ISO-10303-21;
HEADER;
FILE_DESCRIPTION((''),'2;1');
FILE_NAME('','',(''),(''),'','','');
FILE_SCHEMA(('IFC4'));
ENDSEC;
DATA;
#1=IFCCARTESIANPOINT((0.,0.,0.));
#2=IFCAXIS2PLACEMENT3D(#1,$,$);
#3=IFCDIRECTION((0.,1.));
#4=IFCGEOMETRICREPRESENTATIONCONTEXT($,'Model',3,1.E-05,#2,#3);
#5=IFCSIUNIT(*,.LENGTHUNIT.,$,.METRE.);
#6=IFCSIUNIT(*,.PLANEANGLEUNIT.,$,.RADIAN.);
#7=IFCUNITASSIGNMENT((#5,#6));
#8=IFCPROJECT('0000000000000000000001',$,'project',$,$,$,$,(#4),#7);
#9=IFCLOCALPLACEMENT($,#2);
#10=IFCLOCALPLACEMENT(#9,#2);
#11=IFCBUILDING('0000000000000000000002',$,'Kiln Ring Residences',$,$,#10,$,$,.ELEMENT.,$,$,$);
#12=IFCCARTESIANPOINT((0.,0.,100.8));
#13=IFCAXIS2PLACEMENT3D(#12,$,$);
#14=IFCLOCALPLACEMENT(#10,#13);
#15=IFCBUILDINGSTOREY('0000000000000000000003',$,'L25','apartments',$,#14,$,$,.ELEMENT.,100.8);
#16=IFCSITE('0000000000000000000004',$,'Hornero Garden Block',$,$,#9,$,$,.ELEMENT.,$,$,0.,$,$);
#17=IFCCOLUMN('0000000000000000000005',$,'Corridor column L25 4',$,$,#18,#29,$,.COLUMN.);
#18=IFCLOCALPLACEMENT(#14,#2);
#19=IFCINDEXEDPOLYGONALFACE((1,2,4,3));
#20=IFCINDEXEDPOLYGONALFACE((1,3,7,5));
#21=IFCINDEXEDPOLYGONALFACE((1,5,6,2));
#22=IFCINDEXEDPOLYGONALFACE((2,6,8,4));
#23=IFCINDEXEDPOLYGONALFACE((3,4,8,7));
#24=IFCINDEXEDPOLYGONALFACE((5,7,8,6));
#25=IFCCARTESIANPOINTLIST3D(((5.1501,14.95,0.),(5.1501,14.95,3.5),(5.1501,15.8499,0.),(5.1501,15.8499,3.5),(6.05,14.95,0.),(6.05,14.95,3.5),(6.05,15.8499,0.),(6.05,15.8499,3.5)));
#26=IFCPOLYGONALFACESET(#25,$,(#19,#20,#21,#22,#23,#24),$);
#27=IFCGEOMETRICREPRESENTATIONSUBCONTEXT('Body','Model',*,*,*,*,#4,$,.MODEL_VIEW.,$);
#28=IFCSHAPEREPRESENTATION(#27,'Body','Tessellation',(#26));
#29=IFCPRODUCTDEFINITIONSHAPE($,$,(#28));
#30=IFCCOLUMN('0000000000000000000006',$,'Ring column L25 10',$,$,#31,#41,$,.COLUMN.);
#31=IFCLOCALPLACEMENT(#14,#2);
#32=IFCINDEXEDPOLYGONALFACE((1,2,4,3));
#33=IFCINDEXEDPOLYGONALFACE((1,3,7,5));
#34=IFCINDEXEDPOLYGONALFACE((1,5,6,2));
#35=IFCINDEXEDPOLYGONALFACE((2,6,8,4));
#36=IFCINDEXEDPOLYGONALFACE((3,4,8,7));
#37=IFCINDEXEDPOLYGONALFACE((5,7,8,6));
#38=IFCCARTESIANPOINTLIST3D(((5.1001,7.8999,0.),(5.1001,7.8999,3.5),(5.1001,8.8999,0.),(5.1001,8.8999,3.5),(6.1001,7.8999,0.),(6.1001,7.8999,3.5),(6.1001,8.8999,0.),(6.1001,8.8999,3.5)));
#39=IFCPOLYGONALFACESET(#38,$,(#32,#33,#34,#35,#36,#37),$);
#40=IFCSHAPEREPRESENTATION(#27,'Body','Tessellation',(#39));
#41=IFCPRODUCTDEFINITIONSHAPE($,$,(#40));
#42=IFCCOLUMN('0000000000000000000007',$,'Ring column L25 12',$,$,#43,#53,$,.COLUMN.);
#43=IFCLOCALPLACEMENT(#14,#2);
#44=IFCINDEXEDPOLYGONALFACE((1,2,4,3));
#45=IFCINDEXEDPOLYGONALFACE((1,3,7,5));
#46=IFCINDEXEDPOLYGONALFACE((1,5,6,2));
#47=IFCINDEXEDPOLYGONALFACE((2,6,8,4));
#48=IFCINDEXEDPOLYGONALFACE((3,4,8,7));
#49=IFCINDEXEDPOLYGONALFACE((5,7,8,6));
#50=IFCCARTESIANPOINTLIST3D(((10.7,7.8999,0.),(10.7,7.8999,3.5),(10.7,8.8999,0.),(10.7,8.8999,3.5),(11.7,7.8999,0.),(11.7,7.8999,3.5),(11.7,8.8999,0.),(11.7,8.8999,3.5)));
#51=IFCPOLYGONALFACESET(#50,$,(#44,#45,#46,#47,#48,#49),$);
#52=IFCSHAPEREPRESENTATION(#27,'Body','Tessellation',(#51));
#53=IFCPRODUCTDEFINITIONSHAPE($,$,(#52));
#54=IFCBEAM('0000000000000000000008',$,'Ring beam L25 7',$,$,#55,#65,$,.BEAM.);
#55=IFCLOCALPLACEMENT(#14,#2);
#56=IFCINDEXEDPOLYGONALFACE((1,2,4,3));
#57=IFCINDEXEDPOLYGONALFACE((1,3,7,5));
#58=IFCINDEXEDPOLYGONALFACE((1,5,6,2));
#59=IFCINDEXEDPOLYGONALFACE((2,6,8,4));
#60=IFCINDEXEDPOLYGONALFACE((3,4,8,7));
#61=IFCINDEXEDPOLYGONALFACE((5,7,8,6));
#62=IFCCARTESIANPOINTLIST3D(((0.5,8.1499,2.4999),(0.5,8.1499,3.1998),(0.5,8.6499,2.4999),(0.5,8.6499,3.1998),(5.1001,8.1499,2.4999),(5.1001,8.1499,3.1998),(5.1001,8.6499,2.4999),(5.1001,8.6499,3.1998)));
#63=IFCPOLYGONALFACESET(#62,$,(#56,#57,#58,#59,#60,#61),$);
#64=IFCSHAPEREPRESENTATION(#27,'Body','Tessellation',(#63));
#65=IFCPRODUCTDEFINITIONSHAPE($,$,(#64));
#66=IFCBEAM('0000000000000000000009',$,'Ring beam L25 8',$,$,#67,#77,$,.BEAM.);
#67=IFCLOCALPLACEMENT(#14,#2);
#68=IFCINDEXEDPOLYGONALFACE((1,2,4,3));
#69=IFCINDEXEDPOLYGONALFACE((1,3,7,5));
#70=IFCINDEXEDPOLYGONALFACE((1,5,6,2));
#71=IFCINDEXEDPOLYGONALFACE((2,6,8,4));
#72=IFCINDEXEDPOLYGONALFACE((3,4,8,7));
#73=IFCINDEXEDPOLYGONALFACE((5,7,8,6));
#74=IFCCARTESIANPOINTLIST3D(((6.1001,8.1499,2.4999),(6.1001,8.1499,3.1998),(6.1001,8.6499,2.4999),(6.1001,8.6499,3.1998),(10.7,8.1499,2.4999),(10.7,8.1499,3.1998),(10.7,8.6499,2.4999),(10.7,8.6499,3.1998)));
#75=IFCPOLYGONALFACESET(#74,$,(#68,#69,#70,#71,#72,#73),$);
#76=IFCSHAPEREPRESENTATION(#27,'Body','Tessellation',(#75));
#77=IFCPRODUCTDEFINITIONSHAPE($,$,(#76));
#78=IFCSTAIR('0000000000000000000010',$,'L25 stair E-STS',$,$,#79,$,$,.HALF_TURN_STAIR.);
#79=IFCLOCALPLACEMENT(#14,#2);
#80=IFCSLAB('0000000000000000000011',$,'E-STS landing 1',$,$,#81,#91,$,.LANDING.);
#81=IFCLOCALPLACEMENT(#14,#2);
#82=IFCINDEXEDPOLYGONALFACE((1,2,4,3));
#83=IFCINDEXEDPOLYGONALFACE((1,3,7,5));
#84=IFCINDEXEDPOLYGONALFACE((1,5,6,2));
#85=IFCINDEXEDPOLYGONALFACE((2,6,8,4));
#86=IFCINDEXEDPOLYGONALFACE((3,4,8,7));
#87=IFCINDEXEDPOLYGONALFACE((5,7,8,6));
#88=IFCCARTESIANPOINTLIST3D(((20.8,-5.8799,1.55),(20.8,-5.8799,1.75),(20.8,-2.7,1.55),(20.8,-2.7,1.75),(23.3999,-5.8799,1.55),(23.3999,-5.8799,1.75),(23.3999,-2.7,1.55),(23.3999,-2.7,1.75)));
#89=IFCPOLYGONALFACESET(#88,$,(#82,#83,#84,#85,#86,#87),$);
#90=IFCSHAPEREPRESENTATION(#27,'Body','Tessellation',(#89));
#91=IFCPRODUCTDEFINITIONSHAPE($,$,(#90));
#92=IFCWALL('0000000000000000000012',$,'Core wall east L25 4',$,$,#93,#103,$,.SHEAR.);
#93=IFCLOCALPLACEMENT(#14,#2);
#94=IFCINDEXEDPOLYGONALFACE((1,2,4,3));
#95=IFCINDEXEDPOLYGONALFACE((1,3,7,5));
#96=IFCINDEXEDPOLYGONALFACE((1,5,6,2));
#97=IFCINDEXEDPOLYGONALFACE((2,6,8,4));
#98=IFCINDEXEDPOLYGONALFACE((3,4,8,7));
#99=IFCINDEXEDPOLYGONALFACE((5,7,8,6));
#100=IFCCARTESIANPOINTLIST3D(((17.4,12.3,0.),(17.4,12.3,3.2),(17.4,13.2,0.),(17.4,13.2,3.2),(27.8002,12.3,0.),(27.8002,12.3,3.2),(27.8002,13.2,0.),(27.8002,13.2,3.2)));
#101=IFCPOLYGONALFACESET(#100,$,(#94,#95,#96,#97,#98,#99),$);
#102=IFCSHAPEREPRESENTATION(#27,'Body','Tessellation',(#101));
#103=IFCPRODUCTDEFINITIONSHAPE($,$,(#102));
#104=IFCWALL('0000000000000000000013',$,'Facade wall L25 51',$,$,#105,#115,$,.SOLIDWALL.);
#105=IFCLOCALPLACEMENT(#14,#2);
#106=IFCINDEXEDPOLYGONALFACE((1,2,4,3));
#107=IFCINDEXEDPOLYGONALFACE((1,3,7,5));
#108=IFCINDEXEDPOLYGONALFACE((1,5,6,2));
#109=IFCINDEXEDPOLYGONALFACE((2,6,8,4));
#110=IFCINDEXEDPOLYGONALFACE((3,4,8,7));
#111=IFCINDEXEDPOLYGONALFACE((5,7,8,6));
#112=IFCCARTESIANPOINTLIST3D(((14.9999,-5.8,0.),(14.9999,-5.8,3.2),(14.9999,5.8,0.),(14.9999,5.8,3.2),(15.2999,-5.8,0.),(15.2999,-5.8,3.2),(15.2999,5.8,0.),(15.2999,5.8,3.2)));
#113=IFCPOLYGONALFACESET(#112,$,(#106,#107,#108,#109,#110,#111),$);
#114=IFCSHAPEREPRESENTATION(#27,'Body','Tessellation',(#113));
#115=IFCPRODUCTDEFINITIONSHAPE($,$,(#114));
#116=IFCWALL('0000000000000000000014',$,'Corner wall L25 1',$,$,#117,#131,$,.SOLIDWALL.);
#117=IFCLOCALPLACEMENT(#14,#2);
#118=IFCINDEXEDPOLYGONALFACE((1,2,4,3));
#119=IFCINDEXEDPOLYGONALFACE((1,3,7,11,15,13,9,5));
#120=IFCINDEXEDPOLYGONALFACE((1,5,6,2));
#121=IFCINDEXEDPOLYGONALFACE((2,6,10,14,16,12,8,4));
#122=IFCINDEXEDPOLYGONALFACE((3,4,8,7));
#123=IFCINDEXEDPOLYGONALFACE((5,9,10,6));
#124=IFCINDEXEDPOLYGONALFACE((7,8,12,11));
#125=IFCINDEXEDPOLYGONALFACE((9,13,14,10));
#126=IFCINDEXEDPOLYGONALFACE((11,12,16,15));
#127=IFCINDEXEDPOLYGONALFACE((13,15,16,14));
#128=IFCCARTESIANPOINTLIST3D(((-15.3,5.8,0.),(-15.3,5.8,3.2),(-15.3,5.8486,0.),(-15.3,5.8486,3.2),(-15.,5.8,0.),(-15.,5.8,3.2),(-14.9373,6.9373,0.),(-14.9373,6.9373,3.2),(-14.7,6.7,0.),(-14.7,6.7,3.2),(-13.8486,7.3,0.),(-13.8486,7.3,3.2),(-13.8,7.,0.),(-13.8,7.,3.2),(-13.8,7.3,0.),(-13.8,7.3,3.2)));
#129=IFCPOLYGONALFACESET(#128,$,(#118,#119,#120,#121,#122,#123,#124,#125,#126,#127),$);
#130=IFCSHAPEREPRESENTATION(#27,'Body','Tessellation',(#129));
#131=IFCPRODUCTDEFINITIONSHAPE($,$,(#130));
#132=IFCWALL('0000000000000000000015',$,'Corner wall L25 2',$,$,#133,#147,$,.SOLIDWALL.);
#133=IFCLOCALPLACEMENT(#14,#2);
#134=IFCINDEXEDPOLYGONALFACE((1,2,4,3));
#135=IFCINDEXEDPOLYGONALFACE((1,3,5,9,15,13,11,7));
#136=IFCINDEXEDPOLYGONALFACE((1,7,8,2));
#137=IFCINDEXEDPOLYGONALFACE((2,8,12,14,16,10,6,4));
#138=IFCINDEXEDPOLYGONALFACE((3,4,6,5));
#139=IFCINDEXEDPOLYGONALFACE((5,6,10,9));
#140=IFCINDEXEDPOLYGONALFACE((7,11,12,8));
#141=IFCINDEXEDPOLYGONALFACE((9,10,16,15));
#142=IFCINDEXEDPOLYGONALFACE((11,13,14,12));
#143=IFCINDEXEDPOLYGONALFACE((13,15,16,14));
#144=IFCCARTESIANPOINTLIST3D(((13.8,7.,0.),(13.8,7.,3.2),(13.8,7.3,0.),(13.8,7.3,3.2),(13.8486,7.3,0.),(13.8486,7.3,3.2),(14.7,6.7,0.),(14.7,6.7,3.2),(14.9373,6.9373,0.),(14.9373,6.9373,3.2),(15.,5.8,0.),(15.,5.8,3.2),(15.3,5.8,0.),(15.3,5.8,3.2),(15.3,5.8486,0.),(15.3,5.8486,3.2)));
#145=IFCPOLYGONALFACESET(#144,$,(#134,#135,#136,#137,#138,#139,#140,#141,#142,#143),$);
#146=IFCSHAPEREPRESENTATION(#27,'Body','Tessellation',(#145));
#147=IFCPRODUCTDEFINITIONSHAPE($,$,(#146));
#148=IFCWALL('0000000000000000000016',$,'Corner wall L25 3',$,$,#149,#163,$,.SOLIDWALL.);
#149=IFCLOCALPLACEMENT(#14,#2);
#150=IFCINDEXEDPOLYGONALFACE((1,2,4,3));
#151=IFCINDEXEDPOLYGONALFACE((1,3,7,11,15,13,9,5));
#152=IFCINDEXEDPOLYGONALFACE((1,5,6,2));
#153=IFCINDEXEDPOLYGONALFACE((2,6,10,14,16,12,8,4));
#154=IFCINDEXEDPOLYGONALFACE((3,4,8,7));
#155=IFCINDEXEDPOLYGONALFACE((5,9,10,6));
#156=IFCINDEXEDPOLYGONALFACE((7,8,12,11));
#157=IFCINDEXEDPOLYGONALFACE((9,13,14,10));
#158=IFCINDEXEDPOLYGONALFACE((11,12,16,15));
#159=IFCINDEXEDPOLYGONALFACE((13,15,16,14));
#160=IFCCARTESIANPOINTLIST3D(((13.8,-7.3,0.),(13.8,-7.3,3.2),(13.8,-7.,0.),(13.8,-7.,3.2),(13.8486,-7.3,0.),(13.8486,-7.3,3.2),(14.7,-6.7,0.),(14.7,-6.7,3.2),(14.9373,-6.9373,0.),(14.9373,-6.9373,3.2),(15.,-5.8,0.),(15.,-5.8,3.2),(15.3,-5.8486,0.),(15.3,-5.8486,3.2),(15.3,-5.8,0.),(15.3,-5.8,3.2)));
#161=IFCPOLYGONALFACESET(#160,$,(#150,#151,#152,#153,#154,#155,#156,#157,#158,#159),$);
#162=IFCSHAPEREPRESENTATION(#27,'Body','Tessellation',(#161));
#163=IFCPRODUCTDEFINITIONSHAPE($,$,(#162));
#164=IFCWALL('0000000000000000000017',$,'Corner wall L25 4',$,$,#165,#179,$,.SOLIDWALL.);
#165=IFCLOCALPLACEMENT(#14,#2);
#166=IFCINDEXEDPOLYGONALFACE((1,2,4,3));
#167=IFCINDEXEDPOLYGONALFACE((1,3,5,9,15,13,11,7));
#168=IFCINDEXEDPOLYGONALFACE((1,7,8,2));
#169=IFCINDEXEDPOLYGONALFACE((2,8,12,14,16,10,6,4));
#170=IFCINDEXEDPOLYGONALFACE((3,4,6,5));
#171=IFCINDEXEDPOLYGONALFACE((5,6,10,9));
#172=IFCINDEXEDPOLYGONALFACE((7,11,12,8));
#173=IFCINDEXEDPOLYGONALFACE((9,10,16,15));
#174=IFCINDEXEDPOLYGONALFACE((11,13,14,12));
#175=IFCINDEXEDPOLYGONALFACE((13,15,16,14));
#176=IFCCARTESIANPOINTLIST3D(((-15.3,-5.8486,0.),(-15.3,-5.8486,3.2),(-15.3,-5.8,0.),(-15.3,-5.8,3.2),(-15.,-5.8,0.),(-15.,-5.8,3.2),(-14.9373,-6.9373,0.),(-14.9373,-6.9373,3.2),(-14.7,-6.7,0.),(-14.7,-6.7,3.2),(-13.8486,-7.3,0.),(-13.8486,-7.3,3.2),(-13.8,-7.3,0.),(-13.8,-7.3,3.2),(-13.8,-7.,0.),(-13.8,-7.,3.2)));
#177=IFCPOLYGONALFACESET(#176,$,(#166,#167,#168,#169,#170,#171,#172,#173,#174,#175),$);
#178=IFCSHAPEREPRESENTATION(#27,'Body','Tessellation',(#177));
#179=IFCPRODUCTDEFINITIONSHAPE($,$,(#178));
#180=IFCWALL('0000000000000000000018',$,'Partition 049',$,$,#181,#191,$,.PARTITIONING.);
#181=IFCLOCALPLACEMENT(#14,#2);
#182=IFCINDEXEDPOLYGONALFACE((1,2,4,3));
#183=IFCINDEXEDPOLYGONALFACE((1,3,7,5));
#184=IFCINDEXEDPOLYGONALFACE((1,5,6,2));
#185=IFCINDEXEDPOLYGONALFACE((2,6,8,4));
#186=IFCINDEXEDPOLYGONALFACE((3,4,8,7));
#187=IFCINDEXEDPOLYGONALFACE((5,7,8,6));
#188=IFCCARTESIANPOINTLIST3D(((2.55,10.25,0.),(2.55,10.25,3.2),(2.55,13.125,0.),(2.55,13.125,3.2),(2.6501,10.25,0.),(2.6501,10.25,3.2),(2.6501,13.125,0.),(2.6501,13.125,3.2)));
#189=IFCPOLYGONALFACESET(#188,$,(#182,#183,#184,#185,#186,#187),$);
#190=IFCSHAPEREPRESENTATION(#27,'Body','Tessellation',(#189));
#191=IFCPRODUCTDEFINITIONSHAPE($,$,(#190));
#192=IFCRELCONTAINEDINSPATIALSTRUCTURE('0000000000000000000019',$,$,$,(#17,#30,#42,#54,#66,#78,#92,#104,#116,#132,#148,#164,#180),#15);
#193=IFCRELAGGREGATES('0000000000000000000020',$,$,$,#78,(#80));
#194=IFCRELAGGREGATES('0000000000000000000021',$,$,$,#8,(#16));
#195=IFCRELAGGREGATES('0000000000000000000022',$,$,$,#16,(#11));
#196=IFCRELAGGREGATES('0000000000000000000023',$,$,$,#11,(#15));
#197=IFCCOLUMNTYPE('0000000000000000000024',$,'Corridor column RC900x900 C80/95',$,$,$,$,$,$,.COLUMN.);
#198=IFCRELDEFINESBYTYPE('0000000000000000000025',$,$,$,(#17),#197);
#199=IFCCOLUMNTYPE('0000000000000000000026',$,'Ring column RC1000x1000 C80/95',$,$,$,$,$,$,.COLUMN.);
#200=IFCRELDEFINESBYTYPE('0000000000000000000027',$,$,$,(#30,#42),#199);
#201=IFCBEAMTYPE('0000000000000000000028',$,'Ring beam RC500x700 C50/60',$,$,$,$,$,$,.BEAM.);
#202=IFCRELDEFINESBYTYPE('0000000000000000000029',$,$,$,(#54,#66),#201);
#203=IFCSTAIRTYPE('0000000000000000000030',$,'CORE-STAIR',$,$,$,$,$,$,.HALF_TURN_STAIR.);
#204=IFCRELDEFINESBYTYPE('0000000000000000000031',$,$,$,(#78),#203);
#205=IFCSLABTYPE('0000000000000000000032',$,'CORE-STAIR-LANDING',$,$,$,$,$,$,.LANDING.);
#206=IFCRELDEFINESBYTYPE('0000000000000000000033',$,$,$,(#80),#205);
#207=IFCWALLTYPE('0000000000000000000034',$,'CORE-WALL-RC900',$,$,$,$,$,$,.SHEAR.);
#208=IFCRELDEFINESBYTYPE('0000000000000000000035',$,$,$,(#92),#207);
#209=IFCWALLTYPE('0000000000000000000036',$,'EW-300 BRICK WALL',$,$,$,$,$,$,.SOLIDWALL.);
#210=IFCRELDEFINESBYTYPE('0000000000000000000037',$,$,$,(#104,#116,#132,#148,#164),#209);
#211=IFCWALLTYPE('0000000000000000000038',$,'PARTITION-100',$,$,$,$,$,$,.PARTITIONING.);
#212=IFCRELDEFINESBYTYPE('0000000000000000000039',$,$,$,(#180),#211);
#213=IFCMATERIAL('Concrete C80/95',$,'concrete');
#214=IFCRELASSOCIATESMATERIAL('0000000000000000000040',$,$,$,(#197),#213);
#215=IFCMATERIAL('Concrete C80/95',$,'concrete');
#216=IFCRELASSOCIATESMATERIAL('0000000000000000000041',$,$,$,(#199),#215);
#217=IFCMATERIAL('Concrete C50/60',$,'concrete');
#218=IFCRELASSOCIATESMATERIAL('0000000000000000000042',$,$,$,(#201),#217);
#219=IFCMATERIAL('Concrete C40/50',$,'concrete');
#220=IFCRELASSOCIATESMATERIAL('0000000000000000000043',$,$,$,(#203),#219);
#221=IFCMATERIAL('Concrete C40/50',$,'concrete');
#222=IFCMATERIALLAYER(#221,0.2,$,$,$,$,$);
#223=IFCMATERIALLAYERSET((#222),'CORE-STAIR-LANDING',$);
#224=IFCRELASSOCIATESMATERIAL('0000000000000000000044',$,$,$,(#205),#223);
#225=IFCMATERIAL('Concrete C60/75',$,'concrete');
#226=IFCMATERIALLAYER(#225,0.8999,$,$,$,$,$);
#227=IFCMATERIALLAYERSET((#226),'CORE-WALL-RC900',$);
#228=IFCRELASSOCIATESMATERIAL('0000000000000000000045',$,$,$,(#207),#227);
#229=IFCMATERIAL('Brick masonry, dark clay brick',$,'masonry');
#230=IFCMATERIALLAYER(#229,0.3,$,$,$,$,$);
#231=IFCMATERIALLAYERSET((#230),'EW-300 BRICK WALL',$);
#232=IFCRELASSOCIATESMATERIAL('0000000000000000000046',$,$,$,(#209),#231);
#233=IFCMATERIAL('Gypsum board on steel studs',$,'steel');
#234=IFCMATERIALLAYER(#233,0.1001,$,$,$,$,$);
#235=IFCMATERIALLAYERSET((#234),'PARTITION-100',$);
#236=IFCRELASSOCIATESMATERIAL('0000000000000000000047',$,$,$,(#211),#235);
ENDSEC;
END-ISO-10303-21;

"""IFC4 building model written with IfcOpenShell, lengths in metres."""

from ifc_helpers import new_model, si_unit, direction, frame, frame_2d, origin, origin_2d, place, context, subcontext, project, spatial, polyline, rectangle, outline, extrude, material, layer, layer_set, material_profile, profile_set, type_object, element, aggregate, save


model = new_model("IFC4")

# Units and contexts
model_context = context("Model", 3, precision=1e-05, world=origin(), true_north=direction((0.0, 1.0)))
body_context = subcontext(model_context, "Body", "Model", "MODEL_VIEW")
ifc_project = project(units=[si_unit("LENGTHUNIT", "METRE"), si_unit("PLANEANGLEUNIT", "RADIAN")], contexts=[model_context])

# Site, building, storey
site_placement = place(None, origin())
site = spatial("IfcSite", under=ifc_project, at=site_placement, Name="Hornero Garden Block", CompositionType="ELEMENT", RefElevation=0.0)
building_placement = place(site_placement, origin())
building = spatial("IfcBuilding", under=site, at=building_placement, Name="Kiln Ring Residences", CompositionType="ELEMENT")
storey_placement = place(building_placement, frame((0.0, 0.0, 100.8)))
storey = spatial("IfcBuildingStorey", under=building, at=storey_placement, Name="L25", Description="apartments", CompositionType="ELEMENT", Elevation=100.8)

# Columns
ifc_material_1 = material(Name="Concrete C80/95", Category="concrete")
ifc_material_profile_1 = material_profile(ifc_material_1, rectangle(XDim=0.8999, YDim=0.8999, at=origin_2d()), Name="RC900x900")
ifc_profile_set_1 = profile_set([ifc_material_profile_1], Name="Concrete C80/95")
column_type_1 = type_object("IfcColumnType", Name="Corridor column RC900x900 C80/95", PredefinedType="COLUMN", material=ifc_profile_set_1)
column_placement = place(storey_placement, frame((5.6001, 15.3999, 0.0), z_axis=(0.0, 0.0, 1.0), x_axis=(1.0, 0.0, 0.0)))
element("IfcColumn", 1, at=column_placement, inside=storey, type_object=column_type_1, Name="Corridor column L25 4", PredefinedType="COLUMN", context=body_context, shape_type="SweptSolid", body=[
    extrude(rectangle(XDim=0.8999, YDim=0.8999, at=origin_2d()), origin(), (0.0, 0.0, 1.0), 3.5),
])
ifc_material_2 = material(Name="Concrete C80/95", Category="concrete")
ifc_material_profile_2 = material_profile(ifc_material_2, rectangle(XDim=1.0, YDim=1.0, at=origin_2d()), Name="RC1000x1000")
ifc_profile_set_2 = profile_set([ifc_material_profile_2], Name="Concrete C80/95")
column_type_2 = type_object("IfcColumnType", Name="Ring column RC1000x1000 C80/95", PredefinedType="COLUMN", material=ifc_profile_set_2)
for number, where, z_axis, x_axis, name in (
    (2, (5.6001, 8.3999, 0.0), (0.0, 0.0, 1.0), (1.0, 0.0, 0.0), "Ring column L25 10"),
    (3, (11.2, 8.3999, 0.0), (0.0, 0.0, 1.0), (1.0, 0.0, 0.0), "Ring column L25 12"),
):
    element("IfcColumn", number, at=place(storey_placement, frame(where, z_axis=z_axis, x_axis=x_axis)), inside=storey, type_object=column_type_2, Name=name, PredefinedType="COLUMN", context=body_context, shape_type="SweptSolid", body=[
        extrude(rectangle(XDim=1.0, YDim=1.0, at=origin_2d()), origin(), (0.0, 0.0, 1.0), 3.5),
    ])

# Beams
ifc_material_3 = material(Name="Concrete C50/60", Category="concrete")
ifc_material_profile_3 = material_profile(ifc_material_3, rectangle(XDim=0.5, YDim=0.7, at=origin_2d()), Name="RC500x700")
ifc_profile_set_3 = profile_set([ifc_material_profile_3], Name="Concrete C50/60")
beam_type = type_object("IfcBeamType", Name="Ring beam RC500x700 C50/60", PredefinedType="BEAM", material=ifc_profile_set_3)
beam_1_placement = place(storey_placement, frame((0.5, 8.3999, 2.8499), z_axis=(1.0, 0.0, 0.0), x_axis=(0.0, 1.0, 0.0)))
element("IfcBeam", 4, at=beam_1_placement, inside=storey, type_object=beam_type, Name="Ring beam L25 7", PredefinedType="BEAM", context=body_context, shape_type="SweptSolid", body=[
    extrude(rectangle(XDim=0.5, YDim=0.7, at=origin_2d()), origin(), (0.0, 0.0, 1.0), 4.6001),
])
beam_2_placement = place(storey_placement, frame((6.1001, 8.3999, 2.8499), z_axis=(1.0, 0.0, 0.0), x_axis=(0.0, 1.0, 0.0)))
element("IfcBeam", 5, at=beam_2_placement, inside=storey, type_object=beam_type, Name="Ring beam L25 8", PredefinedType="BEAM", context=body_context, shape_type="SweptSolid", body=[
    extrude(rectangle(XDim=0.5, YDim=0.7, at=origin_2d()), origin(), (0.0, 0.0, 1.0), 4.5999),
])

# Stair, slab
ifc_material_4 = material(Name="Concrete C40/50", Category="concrete")
stair_type = type_object("IfcStairType", Name="CORE-STAIR", PredefinedType="HALF_TURN_STAIR", material=ifc_material_4)
placement = place(storey_placement, origin())
stair = element("IfcStair", 6, at=placement, inside=storey, type_object=stair_type, Name="L25 stair E-STS", PredefinedType="HALF_TURN_STAIR")
ifc_material_5 = material(Name="Concrete C40/50", Category="concrete")
ifc_layer_1 = layer(ifc_material_5, 0.2)
ifc_layer_set_1 = layer_set([ifc_layer_1], Name="CORE-STAIR-LANDING")
slab_type = type_object("IfcSlabType", Name="CORE-STAIR-LANDING", PredefinedType="LANDING", material=ifc_layer_set_1)
slab_placement = place(storey_placement, frame((0.0, 0.0, 1.55)))
slab = element("IfcSlab", 7, at=slab_placement, type_object=slab_type, Name="E-STS landing 1", PredefinedType="LANDING", context=body_context, shape_type="SweptSolid", body=[
    extrude(outline(polyline([(23.3999, -5.8799), (23.3999, -2.7), (20.8, -2.7), (20.8, -5.8799), (23.3999, -5.8799)])), origin(), (0.0, 0.0, 1.0), 0.2),
])
aggregate(stair, [slab])

# Walls
ifc_material_6 = material(Name="Concrete C60/75", Category="concrete")
ifc_layer_2 = layer(ifc_material_6, 0.8999)
ifc_layer_set_2 = layer_set([ifc_layer_2], Name="CORE-WALL-RC900")
wall_type_1 = type_object("IfcWallType", Name="CORE-WALL-RC900", PredefinedType="SHEAR", material=ifc_layer_set_2)
wall_1_placement = place(storey_placement, frame((17.3999, 12.75, 0.0), z_axis=(0.0, 0.0, 1.0), x_axis=(1.0, 0.0, 0.0)))
element("IfcWall", 8, at=wall_1_placement, inside=storey, type_object=wall_type_1, Name="Core wall east L25 4", PredefinedType="SHEAR", context=body_context, shape_type="SweptSolid", body=[
    extrude(rectangle(XDim=10.4001, YDim=0.8999, at=frame_2d((5.2002, 0.0))), origin(), (0.0, 0.0, 1.0), 3.2),
])
ifc_material_7 = material(Name="Brick masonry, dark clay brick", Category="masonry")
ifc_layer_3 = layer(ifc_material_7, 0.3)
ifc_layer_set_3 = layer_set([ifc_layer_3], Name="EW-300 BRICK WALL")
wall_type_2 = type_object("IfcWallType", Name="EW-300 BRICK WALL", PredefinedType="SOLIDWALL", material=ifc_layer_set_3)
wall_2_placement = place(storey_placement, frame((15.1499, 5.8, 0.0), z_axis=(0.0, 0.0, 1.0), x_axis=(0.0, -1.0, 0.0)))
element("IfcWall", 9, at=wall_2_placement, inside=storey, type_object=wall_type_2, Name="Facade wall L25 51", PredefinedType="SOLIDWALL", context=body_context, shape_type="SweptSolid", body=[
    extrude(rectangle(XDim=11.6001, YDim=0.3, at=frame_2d((5.8, 0.0))), origin(), (0.0, 0.0, 1.0), 3.2),
])
element("IfcWall", 10, at=placement, inside=storey, type_object=wall_type_2, Name="Corner wall L25 1", PredefinedType="SOLIDWALL", context=body_context, shape_type="SweptSolid", body=[
    extrude(outline(polyline([(-13.8486, 7.3), (-14.9373, 6.9373), (-15.3, 5.8486), (-15.3, 5.8), (-15.0, 5.8), (-14.7, 6.7), (-13.8, 7.0), (-13.8, 7.3), (-13.8486, 7.3)])), origin(), (0.0, 0.0, 1.0), 3.2),
])
element("IfcWall", 11, at=placement, inside=storey, type_object=wall_type_2, Name="Corner wall L25 2", PredefinedType="SOLIDWALL", context=body_context, shape_type="SweptSolid", body=[
    extrude(outline(polyline([(14.9373, 6.9373), (13.8486, 7.3), (13.8, 7.3), (13.8, 7.0), (14.7, 6.7), (15.0, 5.8), (15.3, 5.8), (15.3, 5.8486), (14.9373, 6.9373)])), origin(), (0.0, 0.0, 1.0), 3.2),
])
element("IfcWall", 12, at=placement, inside=storey, type_object=wall_type_2, Name="Corner wall L25 3", PredefinedType="SOLIDWALL", context=body_context, shape_type="SweptSolid", body=[
    extrude(outline(polyline([(14.9373, -6.9373), (15.3, -5.8486), (15.3, -5.8), (15.0, -5.8), (14.7, -6.7), (13.8, -7.0), (13.8, -7.3), (13.8486, -7.3), (14.9373, -6.9373)])), origin(), (0.0, 0.0, 1.0), 3.2),
])
element("IfcWall", 13, at=placement, inside=storey, type_object=wall_type_2, Name="Corner wall L25 4", PredefinedType="SOLIDWALL", context=body_context, shape_type="SweptSolid", body=[
    extrude(outline(polyline([(-14.9373, -6.9373), (-13.8486, -7.3), (-13.8, -7.3), (-13.8, -7.0), (-14.7, -6.7), (-15.0, -5.8), (-15.3, -5.8), (-15.3, -5.8486), (-14.9373, -6.9373)])), origin(), (0.0, 0.0, 1.0), 3.2),
])
ifc_material_8 = material(Name="Gypsum board on steel studs", Category="steel")
ifc_layer_4 = layer(ifc_material_8, 0.1001)
ifc_layer_set_4 = layer_set([ifc_layer_4], Name="PARTITION-100")
wall_type_3 = type_object("IfcWallType", Name="PARTITION-100", PredefinedType="PARTITIONING", material=ifc_layer_set_4)
wall_3_placement = place(storey_placement, frame((2.6001, 10.25, 0.0), z_axis=(0.0, 0.0, 1.0), x_axis=(0.0, 1.0, 0.0)))
element("IfcWall", 14, at=wall_3_placement, inside=storey, type_object=wall_type_3, Name="Partition 049", PredefinedType="PARTITIONING", context=body_context, shape_type="SweptSolid", body=[
    extrude(rectangle(XDim=2.875, YDim=0.1001, at=frame_2d((1.4375, 0.0))), origin(), (0.0, 0.0, 1.0), 3.2),
])

save(model, "model.ifc")
